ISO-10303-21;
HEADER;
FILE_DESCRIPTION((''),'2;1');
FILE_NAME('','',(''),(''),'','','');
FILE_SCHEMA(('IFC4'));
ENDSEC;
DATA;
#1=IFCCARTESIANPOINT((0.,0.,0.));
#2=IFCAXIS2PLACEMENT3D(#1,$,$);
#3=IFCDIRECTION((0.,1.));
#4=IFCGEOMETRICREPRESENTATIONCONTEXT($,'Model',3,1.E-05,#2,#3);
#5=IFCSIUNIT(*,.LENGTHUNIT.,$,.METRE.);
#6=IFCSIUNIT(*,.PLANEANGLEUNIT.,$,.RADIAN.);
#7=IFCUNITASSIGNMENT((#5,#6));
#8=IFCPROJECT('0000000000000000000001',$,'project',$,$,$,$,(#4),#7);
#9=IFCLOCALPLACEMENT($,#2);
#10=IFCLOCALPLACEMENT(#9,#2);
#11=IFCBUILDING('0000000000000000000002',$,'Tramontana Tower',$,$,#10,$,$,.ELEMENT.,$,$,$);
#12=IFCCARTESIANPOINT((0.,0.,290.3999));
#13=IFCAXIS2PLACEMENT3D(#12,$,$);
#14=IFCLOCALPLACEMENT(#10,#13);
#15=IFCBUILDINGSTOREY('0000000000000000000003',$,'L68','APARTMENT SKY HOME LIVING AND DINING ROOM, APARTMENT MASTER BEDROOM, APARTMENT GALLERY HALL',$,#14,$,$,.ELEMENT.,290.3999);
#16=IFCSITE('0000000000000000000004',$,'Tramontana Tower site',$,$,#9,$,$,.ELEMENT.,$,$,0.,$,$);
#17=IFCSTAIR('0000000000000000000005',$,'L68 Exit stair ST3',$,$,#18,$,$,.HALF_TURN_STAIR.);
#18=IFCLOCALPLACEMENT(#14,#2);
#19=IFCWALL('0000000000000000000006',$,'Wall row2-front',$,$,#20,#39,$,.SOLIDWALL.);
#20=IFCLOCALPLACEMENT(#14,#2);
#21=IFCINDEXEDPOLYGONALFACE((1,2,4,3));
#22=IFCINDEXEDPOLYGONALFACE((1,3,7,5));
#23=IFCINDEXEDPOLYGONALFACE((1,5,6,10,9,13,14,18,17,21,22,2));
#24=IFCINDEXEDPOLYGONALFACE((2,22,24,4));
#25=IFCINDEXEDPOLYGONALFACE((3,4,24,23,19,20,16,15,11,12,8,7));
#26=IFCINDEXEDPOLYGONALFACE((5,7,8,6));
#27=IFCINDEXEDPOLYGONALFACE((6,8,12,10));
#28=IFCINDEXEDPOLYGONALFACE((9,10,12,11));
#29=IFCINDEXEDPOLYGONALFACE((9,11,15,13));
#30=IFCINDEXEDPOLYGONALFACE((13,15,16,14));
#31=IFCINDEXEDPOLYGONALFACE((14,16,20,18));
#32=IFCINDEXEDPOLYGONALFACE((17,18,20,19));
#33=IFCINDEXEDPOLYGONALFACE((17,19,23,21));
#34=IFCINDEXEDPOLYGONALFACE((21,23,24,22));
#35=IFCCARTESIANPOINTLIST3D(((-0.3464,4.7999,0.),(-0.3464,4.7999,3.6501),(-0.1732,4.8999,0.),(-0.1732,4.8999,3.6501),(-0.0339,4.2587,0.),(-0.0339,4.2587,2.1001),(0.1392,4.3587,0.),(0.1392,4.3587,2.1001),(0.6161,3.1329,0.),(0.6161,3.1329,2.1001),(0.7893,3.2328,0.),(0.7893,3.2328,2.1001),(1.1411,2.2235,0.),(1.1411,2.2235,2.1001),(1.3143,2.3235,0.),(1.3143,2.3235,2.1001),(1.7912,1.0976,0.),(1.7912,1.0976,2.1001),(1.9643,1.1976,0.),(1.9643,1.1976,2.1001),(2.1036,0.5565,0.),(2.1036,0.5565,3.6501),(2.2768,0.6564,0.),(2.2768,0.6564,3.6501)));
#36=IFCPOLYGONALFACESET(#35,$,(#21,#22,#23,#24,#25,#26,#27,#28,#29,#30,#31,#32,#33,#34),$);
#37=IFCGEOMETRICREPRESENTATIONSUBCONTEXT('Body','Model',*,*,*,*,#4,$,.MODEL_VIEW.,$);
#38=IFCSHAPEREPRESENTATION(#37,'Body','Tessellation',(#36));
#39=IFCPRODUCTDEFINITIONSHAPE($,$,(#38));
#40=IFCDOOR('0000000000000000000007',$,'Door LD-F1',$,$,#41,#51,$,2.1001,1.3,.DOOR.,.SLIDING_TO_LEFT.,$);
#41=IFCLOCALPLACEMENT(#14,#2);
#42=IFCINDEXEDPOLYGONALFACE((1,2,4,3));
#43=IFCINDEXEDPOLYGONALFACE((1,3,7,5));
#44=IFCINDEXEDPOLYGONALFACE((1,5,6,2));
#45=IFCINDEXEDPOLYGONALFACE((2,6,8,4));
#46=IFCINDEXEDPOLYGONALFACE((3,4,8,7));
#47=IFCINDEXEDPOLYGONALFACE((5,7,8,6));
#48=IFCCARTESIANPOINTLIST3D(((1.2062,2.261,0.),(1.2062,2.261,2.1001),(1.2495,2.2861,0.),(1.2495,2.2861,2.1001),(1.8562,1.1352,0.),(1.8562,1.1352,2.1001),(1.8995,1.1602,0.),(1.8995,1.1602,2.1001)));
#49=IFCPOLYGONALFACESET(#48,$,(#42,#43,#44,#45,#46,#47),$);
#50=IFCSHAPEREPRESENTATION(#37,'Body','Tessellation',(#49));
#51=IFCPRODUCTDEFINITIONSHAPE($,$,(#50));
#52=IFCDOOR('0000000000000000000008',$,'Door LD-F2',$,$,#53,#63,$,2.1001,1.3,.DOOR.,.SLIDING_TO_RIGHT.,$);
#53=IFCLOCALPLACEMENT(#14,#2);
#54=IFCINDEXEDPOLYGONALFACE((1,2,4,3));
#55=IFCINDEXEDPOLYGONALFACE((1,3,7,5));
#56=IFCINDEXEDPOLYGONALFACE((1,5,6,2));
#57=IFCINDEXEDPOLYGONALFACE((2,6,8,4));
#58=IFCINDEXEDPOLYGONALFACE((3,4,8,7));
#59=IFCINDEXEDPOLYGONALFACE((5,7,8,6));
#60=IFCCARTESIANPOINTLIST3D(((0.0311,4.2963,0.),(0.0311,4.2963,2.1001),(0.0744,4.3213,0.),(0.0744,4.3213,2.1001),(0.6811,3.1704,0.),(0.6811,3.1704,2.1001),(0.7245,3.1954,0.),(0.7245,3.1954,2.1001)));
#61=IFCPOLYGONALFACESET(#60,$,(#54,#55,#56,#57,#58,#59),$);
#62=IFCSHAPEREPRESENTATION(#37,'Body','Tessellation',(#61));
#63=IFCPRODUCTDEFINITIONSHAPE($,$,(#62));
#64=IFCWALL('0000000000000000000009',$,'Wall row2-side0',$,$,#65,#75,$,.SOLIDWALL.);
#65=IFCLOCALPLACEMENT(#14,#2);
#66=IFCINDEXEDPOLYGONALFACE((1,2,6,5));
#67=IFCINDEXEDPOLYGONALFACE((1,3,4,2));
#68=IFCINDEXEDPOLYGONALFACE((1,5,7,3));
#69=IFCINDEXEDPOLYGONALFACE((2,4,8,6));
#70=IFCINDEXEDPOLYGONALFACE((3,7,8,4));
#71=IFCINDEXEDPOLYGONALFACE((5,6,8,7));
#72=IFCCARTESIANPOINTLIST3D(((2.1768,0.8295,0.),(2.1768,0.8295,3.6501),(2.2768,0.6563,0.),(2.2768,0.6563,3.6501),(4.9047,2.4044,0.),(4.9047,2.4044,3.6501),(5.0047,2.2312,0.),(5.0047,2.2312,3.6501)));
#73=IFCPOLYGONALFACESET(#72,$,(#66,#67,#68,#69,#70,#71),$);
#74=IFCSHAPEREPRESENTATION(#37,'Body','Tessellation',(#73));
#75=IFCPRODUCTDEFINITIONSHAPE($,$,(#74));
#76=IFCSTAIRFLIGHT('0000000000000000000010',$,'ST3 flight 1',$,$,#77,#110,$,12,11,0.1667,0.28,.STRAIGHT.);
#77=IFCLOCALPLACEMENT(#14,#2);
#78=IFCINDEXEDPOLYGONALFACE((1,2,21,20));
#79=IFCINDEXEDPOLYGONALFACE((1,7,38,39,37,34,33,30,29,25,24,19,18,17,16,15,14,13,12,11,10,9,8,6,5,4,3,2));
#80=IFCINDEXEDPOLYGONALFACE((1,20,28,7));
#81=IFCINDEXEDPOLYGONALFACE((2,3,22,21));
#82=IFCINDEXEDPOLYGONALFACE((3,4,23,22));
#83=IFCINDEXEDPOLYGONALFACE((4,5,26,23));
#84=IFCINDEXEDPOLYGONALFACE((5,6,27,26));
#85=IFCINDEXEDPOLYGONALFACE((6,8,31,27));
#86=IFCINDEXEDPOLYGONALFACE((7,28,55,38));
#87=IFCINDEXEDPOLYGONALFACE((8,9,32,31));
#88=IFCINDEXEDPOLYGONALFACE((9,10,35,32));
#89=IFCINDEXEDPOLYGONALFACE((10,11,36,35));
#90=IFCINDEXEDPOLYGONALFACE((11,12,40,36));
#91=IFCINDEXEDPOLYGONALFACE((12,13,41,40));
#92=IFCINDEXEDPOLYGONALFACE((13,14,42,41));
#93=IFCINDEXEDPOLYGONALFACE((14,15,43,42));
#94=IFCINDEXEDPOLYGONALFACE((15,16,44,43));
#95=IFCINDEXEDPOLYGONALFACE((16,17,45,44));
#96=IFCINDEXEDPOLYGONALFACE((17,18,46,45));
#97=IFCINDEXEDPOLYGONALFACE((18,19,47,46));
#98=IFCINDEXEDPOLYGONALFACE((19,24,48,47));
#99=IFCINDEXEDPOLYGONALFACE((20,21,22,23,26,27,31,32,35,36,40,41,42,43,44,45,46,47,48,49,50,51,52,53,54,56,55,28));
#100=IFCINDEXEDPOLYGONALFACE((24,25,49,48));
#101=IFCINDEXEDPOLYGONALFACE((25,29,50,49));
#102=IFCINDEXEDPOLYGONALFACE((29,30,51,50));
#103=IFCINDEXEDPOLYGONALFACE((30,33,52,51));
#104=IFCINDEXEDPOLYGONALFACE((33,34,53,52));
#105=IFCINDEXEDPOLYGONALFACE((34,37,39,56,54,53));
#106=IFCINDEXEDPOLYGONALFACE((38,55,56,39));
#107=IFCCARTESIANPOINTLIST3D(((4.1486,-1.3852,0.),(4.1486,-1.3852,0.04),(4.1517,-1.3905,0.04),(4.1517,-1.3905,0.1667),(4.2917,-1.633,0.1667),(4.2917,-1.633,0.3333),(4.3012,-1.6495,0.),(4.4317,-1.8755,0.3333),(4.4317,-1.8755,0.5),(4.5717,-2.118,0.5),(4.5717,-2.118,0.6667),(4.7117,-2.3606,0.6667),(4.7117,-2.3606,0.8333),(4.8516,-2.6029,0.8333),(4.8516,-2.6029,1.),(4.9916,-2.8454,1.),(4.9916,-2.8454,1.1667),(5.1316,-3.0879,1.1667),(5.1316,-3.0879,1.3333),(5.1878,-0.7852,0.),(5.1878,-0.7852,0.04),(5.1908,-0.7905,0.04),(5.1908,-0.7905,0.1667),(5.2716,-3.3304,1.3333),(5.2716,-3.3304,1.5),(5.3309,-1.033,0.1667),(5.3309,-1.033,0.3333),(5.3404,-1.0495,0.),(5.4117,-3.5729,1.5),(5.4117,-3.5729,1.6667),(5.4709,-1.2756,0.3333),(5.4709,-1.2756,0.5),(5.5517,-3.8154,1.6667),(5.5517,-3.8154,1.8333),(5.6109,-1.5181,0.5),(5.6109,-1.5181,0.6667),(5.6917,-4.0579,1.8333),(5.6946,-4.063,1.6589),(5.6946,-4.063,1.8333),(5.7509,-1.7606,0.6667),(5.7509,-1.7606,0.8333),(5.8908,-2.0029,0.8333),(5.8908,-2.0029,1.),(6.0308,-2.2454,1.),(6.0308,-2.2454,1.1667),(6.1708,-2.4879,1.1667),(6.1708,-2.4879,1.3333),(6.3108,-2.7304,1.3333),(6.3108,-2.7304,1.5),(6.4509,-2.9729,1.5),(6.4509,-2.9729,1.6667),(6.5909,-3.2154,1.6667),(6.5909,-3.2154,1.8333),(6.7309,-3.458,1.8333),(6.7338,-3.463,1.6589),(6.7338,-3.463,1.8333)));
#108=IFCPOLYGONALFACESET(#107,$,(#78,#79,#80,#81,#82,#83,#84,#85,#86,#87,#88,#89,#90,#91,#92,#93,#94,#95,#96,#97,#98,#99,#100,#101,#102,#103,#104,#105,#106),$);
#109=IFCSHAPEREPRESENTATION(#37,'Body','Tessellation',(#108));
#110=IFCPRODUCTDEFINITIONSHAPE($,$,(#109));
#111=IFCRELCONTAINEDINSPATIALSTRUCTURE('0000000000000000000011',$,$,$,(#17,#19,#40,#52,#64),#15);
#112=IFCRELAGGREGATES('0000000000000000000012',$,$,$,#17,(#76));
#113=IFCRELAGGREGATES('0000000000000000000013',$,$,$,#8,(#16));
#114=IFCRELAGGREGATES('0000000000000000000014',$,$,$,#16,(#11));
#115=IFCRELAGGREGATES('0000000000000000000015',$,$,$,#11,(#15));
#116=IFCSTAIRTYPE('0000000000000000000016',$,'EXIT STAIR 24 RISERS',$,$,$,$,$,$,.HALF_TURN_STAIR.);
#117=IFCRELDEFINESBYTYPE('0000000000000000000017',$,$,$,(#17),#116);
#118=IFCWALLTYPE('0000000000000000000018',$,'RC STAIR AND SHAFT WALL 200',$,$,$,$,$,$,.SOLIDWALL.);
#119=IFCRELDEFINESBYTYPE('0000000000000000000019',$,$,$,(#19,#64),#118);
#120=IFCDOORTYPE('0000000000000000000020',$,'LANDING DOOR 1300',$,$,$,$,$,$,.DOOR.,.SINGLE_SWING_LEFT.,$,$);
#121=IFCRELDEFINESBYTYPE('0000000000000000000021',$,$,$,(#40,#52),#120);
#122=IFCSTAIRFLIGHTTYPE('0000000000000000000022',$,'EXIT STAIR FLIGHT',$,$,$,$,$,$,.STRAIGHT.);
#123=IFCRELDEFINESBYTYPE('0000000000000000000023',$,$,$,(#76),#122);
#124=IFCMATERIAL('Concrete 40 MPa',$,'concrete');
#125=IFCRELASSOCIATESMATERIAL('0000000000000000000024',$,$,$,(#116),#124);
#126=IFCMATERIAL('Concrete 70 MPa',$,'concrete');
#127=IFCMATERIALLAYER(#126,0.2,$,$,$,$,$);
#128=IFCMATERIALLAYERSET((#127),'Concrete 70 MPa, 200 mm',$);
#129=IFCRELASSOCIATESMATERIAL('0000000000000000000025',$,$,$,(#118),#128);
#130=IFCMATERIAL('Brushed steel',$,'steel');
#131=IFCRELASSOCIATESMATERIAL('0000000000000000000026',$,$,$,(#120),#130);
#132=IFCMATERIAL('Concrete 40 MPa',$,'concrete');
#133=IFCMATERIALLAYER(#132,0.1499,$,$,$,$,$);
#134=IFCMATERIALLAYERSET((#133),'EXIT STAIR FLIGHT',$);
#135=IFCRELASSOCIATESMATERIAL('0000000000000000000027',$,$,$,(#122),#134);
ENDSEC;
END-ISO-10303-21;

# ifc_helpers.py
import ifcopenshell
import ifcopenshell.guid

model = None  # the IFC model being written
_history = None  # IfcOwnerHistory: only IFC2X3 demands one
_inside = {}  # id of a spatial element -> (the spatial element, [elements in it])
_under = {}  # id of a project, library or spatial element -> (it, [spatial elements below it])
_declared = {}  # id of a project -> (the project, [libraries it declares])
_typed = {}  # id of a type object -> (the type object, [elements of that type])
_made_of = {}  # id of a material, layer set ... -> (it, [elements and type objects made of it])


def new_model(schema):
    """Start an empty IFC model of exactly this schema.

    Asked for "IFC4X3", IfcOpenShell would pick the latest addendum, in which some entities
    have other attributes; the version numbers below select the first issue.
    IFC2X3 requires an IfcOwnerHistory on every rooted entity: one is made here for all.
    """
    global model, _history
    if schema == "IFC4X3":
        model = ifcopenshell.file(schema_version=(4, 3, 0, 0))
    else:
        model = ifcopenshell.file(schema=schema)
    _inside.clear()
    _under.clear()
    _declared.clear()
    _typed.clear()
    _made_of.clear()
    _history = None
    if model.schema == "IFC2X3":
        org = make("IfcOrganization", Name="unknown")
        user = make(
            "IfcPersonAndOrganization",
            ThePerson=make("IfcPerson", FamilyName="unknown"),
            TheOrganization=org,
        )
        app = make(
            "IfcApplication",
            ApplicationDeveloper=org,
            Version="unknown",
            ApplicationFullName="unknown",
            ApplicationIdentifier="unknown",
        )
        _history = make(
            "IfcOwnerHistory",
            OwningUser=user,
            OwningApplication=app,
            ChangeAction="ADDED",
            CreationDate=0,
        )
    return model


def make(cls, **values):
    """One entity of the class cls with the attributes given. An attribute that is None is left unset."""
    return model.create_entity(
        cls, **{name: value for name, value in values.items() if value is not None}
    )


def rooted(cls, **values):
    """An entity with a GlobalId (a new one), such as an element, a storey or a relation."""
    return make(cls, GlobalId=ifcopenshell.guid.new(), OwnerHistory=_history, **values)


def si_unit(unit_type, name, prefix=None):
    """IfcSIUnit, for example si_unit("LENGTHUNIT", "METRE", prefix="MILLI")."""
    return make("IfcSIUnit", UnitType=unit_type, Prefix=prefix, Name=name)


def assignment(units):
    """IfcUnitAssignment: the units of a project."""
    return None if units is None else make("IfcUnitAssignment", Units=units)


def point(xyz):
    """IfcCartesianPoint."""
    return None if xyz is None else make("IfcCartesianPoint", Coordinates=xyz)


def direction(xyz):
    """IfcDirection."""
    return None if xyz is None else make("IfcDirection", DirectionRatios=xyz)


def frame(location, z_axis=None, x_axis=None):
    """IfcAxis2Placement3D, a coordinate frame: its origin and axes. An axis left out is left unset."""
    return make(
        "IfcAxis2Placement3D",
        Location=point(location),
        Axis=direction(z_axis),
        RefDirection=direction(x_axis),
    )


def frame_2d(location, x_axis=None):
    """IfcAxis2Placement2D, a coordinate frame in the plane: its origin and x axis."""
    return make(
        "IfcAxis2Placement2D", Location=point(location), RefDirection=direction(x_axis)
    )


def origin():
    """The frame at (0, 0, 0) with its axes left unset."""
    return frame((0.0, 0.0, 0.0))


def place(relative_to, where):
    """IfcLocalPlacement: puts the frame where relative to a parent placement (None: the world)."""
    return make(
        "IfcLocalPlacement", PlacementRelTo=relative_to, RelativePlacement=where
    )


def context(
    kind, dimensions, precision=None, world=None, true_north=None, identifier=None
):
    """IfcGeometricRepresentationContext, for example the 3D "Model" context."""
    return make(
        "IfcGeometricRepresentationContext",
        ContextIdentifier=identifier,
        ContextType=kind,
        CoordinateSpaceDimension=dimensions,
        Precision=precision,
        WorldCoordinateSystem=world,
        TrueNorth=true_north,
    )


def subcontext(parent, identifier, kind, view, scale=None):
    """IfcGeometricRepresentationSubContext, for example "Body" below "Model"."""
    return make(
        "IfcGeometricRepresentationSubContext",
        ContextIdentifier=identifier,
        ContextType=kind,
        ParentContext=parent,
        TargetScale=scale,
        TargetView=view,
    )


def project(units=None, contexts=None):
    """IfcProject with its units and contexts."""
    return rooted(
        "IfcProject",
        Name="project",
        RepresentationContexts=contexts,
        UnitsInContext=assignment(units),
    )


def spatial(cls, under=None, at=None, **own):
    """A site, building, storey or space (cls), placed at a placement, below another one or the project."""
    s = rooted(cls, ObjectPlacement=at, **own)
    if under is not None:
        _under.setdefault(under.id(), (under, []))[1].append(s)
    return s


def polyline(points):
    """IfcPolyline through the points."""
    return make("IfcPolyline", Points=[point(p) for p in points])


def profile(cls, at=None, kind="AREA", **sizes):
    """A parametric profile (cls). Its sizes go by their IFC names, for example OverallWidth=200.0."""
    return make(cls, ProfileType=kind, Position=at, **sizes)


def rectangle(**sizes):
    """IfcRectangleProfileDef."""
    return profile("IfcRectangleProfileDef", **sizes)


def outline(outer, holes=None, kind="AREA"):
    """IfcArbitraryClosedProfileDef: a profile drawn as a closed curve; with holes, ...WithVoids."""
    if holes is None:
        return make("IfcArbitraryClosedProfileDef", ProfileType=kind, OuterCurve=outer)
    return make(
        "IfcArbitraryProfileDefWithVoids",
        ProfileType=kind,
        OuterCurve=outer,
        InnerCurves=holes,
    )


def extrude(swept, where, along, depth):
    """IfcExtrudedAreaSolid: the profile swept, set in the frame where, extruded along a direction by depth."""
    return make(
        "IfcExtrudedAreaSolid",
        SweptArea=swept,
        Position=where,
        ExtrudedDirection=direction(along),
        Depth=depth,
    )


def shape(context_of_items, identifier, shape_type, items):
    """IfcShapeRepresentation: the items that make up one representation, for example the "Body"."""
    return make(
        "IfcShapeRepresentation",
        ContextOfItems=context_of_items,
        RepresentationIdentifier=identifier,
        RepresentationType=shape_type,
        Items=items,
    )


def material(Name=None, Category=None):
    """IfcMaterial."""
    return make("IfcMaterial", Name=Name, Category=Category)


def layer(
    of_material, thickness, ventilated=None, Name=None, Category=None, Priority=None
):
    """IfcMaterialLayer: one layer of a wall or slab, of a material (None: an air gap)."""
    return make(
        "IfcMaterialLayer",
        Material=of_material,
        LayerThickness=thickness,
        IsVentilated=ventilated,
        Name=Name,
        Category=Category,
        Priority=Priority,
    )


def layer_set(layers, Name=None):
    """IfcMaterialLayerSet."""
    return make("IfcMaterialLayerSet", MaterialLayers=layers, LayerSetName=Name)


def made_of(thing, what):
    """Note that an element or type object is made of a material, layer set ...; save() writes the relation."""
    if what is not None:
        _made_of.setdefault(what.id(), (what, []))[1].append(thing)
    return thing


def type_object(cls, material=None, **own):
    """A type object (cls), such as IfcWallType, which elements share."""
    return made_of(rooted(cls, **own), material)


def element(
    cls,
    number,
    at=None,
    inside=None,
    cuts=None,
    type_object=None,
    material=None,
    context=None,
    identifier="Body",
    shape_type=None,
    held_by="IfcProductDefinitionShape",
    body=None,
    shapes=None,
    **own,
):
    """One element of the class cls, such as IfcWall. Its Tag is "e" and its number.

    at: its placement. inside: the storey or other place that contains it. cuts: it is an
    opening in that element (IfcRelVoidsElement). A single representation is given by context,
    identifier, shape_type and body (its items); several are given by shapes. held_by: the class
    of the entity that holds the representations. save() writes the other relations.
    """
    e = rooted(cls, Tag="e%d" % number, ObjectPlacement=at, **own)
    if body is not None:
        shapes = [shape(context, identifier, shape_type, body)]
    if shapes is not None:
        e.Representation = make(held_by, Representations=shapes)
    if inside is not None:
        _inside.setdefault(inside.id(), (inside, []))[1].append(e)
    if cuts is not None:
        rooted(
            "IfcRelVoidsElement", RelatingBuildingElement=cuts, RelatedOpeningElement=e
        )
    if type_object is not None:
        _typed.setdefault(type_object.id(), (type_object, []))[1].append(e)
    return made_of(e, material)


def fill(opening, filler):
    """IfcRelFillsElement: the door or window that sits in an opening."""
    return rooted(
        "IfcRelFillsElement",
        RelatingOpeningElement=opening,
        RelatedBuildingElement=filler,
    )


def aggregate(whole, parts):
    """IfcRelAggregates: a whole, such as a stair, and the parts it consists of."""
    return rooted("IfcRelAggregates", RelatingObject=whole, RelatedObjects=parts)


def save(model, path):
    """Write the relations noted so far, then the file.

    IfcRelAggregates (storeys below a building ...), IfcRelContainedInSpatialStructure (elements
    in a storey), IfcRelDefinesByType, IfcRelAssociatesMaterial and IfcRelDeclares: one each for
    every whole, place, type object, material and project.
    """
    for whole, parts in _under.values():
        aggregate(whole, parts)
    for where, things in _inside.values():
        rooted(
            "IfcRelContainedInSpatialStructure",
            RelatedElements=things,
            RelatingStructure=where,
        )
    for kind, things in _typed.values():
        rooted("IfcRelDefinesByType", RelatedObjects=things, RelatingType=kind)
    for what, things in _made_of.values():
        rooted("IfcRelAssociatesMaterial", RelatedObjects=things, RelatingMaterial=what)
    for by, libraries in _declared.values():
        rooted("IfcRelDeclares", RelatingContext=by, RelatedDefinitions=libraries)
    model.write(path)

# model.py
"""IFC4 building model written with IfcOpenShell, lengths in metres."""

from ifc_helpers import new_model, si_unit, direction, frame, frame_2d, origin, place, context, subcontext, project, spatial, polyline, rectangle, outline, extrude, material, layer, layer_set, type_object, element, fill, aggregate, save


model = new_model("IFC4")

# Units and contexts
model_context = context("Model", 3, precision=1e-05, world=origin(), true_north=direction((0.0, 1.0)))
body_context = subcontext(model_context, "Body", "Model", "MODEL_VIEW")
ifc_project = project(units=[si_unit("LENGTHUNIT", "METRE"), si_unit("PLANEANGLEUNIT", "RADIAN")], contexts=[model_context])

# Site, building, storey
site_placement = place(None, origin())
site = spatial("IfcSite", under=ifc_project, at=site_placement, Name="Tramontana Tower site", CompositionType="ELEMENT", RefElevation=0.0)
building_placement = place(site_placement, origin())
building = spatial("IfcBuilding", under=site, at=building_placement, Name="Tramontana Tower", CompositionType="ELEMENT")
storey_placement = place(building_placement, frame((0.0, 0.0, 290.3999)))
storey = spatial("IfcBuildingStorey", under=building, at=storey_placement, Name="L68", Description="APARTMENT SKY HOME LIVING AND DINING ROOM, APARTMENT MASTER BEDROOM, APARTMENT GALLERY HALL", CompositionType="ELEMENT", Elevation=290.3999)

# Stair
ifc_material_1 = material(Name="Concrete 40 MPa", Category="concrete")
stair_type = type_object("IfcStairType", Name="EXIT STAIR 24 RISERS", PredefinedType="HALF_TURN_STAIR", material=ifc_material_1)
stair_1_placement = place(storey_placement, origin())
stair_1 = element("IfcStair", 1, at=stair_1_placement, inside=storey, type_object=stair_type, Name="L68 Exit stair ST3", PredefinedType="HALF_TURN_STAIR")

# Shared definitions
ifc_material_2 = material(Name="Concrete 70 MPa", Category="concrete")
ifc_layer_1 = layer(ifc_material_2, 0.2)
ifc_layer_set_1 = layer_set([ifc_layer_1], Name="Concrete 70 MPa, 200 mm")
wall_type_1 = type_object("IfcWallType", Name="RC STAIR AND SHAFT WALL 200", PredefinedType="SOLIDWALL", material=ifc_layer_set_1)

# Wall, openings, doors
wall_1_placement = place(storey_placement, frame((2.1902, 0.6064, 0.0), z_axis=(0.0, 0.0, 1.0), x_axis=(-0.500003, 0.866024, 0.0)))
wall_1 = element("IfcWall", 2, at=wall_1_placement, inside=storey, type_object=wall_type_1, Name="Wall row2-front", PredefinedType="SOLIDWALL", context=body_context, shape_type="SweptSolid", body=[
    extrude(rectangle(XDim=4.8999, YDim=0.2, at=frame_2d((2.45, 0.0))), origin(), (0.0, 0.0, 1.0), 3.6501),
])
opening_1_placement = place(wall_1_placement, frame((0.625, 0.0, 0.0)))
opening_1 = element("IfcOpeningElement", 3, at=opening_1_placement, cuts=wall_1, PredefinedType="OPENING", context=body_context, shape_type="SweptSolid", body=[
    extrude(rectangle(XDim=1.3, YDim=2.1001, at=frame_2d((0.6499, 1.05))), frame((0.0, 0.1099, 0.0), z_axis=(0.0, -1.0, 0.0), x_axis=(1.0, 0.0, 0.0)), (0.0, 0.0, 1.0), 0.22),
])
opening_2_placement = place(wall_1_placement, frame((2.9751, 0.0, 0.0)))
opening_2 = element("IfcOpeningElement", 4, at=opening_2_placement, cuts=wall_1, PredefinedType="OPENING", context=body_context, shape_type="SweptSolid", body=[
    extrude(rectangle(XDim=1.3, YDim=2.1001, at=frame_2d((0.6499, 1.05))), frame((0.0, 0.1099, 0.0), z_axis=(0.0, -1.0, 0.0), x_axis=(1.0, 0.0, 0.0)), (0.0, 0.0, 1.0), 0.22),
])
ifc_material_3 = material(Name="Brushed steel", Category="steel")
door_type_1 = type_object("IfcDoorType", Name="LANDING DOOR 1300", OperationType="SINGLE_SWING_LEFT", PredefinedType="DOOR", material=ifc_material_3)
door_1_placement = place(opening_1_placement, origin())
door_1 = element("IfcDoor", 5, at=door_1_placement, inside=storey, type_object=door_type_1, Name="Door LD-F1", OperationType="SLIDING_TO_LEFT", OverallHeight=2.1001, OverallWidth=1.3, PredefinedType="DOOR", context=body_context, shape_type="SweptSolid", body=[
    extrude(rectangle(XDim=1.3, YDim=2.1001, at=frame_2d((0.6499, 1.05))), frame((0.0, 0.0249, 0.0), z_axis=(0.0, -1.0, 0.0), x_axis=(1.0, 0.0, 0.0)), (0.0, 0.0, 1.0), 0.05),
])
fill(opening_1, door_1)
door_2_placement = place(opening_2_placement, origin())
door_2 = element("IfcDoor", 6, at=door_2_placement, inside=storey, type_object=door_type_1, Name="Door LD-F2", OperationType="SLIDING_TO_RIGHT", OverallHeight=2.1001, OverallWidth=1.3, PredefinedType="DOOR", context=body_context, shape_type="SweptSolid", body=[
    extrude(rectangle(XDim=1.3, YDim=2.1001, at=frame_2d((0.6499, 1.05))), frame((0.0, 0.0249, 0.0), z_axis=(0.0, -1.0, 0.0), x_axis=(1.0, 0.0, 0.0)), (0.0, 0.0, 1.0), 0.05),
])
fill(opening_2, door_2)

# Wall
wall_2_placement = place(storey_placement, frame((2.2268, 0.7429, 0.0), z_axis=(0.0, 0.0, 1.0), x_axis=(0.866036, 0.499982, 0.0)))
element("IfcWall", 7, at=wall_2_placement, inside=storey, type_object=wall_type_1, Name="Wall row2-side0", PredefinedType="SOLIDWALL", context=body_context, shape_type="SweptSolid", body=[
    extrude(rectangle(XDim=3.1499, YDim=0.2, at=frame_2d((1.575, 0.0))), origin(), (0.0, 0.0, 1.0), 3.6501),
])

# Stair flight
ifc_material_4 = material(Name="Concrete 40 MPa", Category="concrete")
ifc_layer_2 = layer(ifc_material_4, 0.1499)
ifc_layer_set_2 = layer_set([ifc_layer_2], Name="EXIT STAIR FLIGHT")
stair_flight_type = type_object("IfcStairFlightType", Name="EXIT STAIR FLIGHT", PredefinedType="STRAIGHT", material=ifc_layer_set_2)
stair_flight_placement = place(storey_placement, frame((4.6711, -1.0906, 0.0), z_axis=(0.0, 0.0, 1.0), x_axis=(0.5, -0.866025, 0.0)))
stair_flight = element("IfcStairFlight", 8, at=stair_flight_placement, type_object=stair_flight_type, Name="ST3 flight 1", NumberOfRisers=12, NumberOfTreads=11, PredefinedType="STRAIGHT", RiserHeight=0.1667, TreadLength=0.28, context=body_context, shape_type="SweptSolid", body=[
    extrude(outline(polyline([(-0.0061, 0.0), (-0.0061, 0.04), (0.0, 0.04), (0.0, 0.1667), (0.28, 0.1667), (0.28, 0.3333), (0.5601, 0.3333), (0.5601, 0.5), (0.8401, 0.5), (0.8401, 0.6667), (1.1201, 0.6667), (1.1201, 0.8333), (1.3999, 0.8333), (1.3999, 1.0), (1.6799, 1.0), (1.6799, 1.1667), (1.96, 1.1667), (1.96, 1.3333), (2.24, 1.3333), (2.24, 1.5), (2.52, 1.5), (2.52, 1.6667), (2.8, 1.6667), (2.8, 1.8333), (3.0801, 1.8333), (3.0859, 1.8333), (3.0859, 1.6589), (0.2991, 0.0), (-0.0061, 0.0)])), frame((0.0, 0.6001, 0.0), z_axis=(0.0, -1.0, 0.0), x_axis=(1.0, 0.0, 0.0)), (0.0, 0.0, 1.0), 1.2),
])
aggregate(stair_1, [stair_flight])

save(model, "model.ifc")
